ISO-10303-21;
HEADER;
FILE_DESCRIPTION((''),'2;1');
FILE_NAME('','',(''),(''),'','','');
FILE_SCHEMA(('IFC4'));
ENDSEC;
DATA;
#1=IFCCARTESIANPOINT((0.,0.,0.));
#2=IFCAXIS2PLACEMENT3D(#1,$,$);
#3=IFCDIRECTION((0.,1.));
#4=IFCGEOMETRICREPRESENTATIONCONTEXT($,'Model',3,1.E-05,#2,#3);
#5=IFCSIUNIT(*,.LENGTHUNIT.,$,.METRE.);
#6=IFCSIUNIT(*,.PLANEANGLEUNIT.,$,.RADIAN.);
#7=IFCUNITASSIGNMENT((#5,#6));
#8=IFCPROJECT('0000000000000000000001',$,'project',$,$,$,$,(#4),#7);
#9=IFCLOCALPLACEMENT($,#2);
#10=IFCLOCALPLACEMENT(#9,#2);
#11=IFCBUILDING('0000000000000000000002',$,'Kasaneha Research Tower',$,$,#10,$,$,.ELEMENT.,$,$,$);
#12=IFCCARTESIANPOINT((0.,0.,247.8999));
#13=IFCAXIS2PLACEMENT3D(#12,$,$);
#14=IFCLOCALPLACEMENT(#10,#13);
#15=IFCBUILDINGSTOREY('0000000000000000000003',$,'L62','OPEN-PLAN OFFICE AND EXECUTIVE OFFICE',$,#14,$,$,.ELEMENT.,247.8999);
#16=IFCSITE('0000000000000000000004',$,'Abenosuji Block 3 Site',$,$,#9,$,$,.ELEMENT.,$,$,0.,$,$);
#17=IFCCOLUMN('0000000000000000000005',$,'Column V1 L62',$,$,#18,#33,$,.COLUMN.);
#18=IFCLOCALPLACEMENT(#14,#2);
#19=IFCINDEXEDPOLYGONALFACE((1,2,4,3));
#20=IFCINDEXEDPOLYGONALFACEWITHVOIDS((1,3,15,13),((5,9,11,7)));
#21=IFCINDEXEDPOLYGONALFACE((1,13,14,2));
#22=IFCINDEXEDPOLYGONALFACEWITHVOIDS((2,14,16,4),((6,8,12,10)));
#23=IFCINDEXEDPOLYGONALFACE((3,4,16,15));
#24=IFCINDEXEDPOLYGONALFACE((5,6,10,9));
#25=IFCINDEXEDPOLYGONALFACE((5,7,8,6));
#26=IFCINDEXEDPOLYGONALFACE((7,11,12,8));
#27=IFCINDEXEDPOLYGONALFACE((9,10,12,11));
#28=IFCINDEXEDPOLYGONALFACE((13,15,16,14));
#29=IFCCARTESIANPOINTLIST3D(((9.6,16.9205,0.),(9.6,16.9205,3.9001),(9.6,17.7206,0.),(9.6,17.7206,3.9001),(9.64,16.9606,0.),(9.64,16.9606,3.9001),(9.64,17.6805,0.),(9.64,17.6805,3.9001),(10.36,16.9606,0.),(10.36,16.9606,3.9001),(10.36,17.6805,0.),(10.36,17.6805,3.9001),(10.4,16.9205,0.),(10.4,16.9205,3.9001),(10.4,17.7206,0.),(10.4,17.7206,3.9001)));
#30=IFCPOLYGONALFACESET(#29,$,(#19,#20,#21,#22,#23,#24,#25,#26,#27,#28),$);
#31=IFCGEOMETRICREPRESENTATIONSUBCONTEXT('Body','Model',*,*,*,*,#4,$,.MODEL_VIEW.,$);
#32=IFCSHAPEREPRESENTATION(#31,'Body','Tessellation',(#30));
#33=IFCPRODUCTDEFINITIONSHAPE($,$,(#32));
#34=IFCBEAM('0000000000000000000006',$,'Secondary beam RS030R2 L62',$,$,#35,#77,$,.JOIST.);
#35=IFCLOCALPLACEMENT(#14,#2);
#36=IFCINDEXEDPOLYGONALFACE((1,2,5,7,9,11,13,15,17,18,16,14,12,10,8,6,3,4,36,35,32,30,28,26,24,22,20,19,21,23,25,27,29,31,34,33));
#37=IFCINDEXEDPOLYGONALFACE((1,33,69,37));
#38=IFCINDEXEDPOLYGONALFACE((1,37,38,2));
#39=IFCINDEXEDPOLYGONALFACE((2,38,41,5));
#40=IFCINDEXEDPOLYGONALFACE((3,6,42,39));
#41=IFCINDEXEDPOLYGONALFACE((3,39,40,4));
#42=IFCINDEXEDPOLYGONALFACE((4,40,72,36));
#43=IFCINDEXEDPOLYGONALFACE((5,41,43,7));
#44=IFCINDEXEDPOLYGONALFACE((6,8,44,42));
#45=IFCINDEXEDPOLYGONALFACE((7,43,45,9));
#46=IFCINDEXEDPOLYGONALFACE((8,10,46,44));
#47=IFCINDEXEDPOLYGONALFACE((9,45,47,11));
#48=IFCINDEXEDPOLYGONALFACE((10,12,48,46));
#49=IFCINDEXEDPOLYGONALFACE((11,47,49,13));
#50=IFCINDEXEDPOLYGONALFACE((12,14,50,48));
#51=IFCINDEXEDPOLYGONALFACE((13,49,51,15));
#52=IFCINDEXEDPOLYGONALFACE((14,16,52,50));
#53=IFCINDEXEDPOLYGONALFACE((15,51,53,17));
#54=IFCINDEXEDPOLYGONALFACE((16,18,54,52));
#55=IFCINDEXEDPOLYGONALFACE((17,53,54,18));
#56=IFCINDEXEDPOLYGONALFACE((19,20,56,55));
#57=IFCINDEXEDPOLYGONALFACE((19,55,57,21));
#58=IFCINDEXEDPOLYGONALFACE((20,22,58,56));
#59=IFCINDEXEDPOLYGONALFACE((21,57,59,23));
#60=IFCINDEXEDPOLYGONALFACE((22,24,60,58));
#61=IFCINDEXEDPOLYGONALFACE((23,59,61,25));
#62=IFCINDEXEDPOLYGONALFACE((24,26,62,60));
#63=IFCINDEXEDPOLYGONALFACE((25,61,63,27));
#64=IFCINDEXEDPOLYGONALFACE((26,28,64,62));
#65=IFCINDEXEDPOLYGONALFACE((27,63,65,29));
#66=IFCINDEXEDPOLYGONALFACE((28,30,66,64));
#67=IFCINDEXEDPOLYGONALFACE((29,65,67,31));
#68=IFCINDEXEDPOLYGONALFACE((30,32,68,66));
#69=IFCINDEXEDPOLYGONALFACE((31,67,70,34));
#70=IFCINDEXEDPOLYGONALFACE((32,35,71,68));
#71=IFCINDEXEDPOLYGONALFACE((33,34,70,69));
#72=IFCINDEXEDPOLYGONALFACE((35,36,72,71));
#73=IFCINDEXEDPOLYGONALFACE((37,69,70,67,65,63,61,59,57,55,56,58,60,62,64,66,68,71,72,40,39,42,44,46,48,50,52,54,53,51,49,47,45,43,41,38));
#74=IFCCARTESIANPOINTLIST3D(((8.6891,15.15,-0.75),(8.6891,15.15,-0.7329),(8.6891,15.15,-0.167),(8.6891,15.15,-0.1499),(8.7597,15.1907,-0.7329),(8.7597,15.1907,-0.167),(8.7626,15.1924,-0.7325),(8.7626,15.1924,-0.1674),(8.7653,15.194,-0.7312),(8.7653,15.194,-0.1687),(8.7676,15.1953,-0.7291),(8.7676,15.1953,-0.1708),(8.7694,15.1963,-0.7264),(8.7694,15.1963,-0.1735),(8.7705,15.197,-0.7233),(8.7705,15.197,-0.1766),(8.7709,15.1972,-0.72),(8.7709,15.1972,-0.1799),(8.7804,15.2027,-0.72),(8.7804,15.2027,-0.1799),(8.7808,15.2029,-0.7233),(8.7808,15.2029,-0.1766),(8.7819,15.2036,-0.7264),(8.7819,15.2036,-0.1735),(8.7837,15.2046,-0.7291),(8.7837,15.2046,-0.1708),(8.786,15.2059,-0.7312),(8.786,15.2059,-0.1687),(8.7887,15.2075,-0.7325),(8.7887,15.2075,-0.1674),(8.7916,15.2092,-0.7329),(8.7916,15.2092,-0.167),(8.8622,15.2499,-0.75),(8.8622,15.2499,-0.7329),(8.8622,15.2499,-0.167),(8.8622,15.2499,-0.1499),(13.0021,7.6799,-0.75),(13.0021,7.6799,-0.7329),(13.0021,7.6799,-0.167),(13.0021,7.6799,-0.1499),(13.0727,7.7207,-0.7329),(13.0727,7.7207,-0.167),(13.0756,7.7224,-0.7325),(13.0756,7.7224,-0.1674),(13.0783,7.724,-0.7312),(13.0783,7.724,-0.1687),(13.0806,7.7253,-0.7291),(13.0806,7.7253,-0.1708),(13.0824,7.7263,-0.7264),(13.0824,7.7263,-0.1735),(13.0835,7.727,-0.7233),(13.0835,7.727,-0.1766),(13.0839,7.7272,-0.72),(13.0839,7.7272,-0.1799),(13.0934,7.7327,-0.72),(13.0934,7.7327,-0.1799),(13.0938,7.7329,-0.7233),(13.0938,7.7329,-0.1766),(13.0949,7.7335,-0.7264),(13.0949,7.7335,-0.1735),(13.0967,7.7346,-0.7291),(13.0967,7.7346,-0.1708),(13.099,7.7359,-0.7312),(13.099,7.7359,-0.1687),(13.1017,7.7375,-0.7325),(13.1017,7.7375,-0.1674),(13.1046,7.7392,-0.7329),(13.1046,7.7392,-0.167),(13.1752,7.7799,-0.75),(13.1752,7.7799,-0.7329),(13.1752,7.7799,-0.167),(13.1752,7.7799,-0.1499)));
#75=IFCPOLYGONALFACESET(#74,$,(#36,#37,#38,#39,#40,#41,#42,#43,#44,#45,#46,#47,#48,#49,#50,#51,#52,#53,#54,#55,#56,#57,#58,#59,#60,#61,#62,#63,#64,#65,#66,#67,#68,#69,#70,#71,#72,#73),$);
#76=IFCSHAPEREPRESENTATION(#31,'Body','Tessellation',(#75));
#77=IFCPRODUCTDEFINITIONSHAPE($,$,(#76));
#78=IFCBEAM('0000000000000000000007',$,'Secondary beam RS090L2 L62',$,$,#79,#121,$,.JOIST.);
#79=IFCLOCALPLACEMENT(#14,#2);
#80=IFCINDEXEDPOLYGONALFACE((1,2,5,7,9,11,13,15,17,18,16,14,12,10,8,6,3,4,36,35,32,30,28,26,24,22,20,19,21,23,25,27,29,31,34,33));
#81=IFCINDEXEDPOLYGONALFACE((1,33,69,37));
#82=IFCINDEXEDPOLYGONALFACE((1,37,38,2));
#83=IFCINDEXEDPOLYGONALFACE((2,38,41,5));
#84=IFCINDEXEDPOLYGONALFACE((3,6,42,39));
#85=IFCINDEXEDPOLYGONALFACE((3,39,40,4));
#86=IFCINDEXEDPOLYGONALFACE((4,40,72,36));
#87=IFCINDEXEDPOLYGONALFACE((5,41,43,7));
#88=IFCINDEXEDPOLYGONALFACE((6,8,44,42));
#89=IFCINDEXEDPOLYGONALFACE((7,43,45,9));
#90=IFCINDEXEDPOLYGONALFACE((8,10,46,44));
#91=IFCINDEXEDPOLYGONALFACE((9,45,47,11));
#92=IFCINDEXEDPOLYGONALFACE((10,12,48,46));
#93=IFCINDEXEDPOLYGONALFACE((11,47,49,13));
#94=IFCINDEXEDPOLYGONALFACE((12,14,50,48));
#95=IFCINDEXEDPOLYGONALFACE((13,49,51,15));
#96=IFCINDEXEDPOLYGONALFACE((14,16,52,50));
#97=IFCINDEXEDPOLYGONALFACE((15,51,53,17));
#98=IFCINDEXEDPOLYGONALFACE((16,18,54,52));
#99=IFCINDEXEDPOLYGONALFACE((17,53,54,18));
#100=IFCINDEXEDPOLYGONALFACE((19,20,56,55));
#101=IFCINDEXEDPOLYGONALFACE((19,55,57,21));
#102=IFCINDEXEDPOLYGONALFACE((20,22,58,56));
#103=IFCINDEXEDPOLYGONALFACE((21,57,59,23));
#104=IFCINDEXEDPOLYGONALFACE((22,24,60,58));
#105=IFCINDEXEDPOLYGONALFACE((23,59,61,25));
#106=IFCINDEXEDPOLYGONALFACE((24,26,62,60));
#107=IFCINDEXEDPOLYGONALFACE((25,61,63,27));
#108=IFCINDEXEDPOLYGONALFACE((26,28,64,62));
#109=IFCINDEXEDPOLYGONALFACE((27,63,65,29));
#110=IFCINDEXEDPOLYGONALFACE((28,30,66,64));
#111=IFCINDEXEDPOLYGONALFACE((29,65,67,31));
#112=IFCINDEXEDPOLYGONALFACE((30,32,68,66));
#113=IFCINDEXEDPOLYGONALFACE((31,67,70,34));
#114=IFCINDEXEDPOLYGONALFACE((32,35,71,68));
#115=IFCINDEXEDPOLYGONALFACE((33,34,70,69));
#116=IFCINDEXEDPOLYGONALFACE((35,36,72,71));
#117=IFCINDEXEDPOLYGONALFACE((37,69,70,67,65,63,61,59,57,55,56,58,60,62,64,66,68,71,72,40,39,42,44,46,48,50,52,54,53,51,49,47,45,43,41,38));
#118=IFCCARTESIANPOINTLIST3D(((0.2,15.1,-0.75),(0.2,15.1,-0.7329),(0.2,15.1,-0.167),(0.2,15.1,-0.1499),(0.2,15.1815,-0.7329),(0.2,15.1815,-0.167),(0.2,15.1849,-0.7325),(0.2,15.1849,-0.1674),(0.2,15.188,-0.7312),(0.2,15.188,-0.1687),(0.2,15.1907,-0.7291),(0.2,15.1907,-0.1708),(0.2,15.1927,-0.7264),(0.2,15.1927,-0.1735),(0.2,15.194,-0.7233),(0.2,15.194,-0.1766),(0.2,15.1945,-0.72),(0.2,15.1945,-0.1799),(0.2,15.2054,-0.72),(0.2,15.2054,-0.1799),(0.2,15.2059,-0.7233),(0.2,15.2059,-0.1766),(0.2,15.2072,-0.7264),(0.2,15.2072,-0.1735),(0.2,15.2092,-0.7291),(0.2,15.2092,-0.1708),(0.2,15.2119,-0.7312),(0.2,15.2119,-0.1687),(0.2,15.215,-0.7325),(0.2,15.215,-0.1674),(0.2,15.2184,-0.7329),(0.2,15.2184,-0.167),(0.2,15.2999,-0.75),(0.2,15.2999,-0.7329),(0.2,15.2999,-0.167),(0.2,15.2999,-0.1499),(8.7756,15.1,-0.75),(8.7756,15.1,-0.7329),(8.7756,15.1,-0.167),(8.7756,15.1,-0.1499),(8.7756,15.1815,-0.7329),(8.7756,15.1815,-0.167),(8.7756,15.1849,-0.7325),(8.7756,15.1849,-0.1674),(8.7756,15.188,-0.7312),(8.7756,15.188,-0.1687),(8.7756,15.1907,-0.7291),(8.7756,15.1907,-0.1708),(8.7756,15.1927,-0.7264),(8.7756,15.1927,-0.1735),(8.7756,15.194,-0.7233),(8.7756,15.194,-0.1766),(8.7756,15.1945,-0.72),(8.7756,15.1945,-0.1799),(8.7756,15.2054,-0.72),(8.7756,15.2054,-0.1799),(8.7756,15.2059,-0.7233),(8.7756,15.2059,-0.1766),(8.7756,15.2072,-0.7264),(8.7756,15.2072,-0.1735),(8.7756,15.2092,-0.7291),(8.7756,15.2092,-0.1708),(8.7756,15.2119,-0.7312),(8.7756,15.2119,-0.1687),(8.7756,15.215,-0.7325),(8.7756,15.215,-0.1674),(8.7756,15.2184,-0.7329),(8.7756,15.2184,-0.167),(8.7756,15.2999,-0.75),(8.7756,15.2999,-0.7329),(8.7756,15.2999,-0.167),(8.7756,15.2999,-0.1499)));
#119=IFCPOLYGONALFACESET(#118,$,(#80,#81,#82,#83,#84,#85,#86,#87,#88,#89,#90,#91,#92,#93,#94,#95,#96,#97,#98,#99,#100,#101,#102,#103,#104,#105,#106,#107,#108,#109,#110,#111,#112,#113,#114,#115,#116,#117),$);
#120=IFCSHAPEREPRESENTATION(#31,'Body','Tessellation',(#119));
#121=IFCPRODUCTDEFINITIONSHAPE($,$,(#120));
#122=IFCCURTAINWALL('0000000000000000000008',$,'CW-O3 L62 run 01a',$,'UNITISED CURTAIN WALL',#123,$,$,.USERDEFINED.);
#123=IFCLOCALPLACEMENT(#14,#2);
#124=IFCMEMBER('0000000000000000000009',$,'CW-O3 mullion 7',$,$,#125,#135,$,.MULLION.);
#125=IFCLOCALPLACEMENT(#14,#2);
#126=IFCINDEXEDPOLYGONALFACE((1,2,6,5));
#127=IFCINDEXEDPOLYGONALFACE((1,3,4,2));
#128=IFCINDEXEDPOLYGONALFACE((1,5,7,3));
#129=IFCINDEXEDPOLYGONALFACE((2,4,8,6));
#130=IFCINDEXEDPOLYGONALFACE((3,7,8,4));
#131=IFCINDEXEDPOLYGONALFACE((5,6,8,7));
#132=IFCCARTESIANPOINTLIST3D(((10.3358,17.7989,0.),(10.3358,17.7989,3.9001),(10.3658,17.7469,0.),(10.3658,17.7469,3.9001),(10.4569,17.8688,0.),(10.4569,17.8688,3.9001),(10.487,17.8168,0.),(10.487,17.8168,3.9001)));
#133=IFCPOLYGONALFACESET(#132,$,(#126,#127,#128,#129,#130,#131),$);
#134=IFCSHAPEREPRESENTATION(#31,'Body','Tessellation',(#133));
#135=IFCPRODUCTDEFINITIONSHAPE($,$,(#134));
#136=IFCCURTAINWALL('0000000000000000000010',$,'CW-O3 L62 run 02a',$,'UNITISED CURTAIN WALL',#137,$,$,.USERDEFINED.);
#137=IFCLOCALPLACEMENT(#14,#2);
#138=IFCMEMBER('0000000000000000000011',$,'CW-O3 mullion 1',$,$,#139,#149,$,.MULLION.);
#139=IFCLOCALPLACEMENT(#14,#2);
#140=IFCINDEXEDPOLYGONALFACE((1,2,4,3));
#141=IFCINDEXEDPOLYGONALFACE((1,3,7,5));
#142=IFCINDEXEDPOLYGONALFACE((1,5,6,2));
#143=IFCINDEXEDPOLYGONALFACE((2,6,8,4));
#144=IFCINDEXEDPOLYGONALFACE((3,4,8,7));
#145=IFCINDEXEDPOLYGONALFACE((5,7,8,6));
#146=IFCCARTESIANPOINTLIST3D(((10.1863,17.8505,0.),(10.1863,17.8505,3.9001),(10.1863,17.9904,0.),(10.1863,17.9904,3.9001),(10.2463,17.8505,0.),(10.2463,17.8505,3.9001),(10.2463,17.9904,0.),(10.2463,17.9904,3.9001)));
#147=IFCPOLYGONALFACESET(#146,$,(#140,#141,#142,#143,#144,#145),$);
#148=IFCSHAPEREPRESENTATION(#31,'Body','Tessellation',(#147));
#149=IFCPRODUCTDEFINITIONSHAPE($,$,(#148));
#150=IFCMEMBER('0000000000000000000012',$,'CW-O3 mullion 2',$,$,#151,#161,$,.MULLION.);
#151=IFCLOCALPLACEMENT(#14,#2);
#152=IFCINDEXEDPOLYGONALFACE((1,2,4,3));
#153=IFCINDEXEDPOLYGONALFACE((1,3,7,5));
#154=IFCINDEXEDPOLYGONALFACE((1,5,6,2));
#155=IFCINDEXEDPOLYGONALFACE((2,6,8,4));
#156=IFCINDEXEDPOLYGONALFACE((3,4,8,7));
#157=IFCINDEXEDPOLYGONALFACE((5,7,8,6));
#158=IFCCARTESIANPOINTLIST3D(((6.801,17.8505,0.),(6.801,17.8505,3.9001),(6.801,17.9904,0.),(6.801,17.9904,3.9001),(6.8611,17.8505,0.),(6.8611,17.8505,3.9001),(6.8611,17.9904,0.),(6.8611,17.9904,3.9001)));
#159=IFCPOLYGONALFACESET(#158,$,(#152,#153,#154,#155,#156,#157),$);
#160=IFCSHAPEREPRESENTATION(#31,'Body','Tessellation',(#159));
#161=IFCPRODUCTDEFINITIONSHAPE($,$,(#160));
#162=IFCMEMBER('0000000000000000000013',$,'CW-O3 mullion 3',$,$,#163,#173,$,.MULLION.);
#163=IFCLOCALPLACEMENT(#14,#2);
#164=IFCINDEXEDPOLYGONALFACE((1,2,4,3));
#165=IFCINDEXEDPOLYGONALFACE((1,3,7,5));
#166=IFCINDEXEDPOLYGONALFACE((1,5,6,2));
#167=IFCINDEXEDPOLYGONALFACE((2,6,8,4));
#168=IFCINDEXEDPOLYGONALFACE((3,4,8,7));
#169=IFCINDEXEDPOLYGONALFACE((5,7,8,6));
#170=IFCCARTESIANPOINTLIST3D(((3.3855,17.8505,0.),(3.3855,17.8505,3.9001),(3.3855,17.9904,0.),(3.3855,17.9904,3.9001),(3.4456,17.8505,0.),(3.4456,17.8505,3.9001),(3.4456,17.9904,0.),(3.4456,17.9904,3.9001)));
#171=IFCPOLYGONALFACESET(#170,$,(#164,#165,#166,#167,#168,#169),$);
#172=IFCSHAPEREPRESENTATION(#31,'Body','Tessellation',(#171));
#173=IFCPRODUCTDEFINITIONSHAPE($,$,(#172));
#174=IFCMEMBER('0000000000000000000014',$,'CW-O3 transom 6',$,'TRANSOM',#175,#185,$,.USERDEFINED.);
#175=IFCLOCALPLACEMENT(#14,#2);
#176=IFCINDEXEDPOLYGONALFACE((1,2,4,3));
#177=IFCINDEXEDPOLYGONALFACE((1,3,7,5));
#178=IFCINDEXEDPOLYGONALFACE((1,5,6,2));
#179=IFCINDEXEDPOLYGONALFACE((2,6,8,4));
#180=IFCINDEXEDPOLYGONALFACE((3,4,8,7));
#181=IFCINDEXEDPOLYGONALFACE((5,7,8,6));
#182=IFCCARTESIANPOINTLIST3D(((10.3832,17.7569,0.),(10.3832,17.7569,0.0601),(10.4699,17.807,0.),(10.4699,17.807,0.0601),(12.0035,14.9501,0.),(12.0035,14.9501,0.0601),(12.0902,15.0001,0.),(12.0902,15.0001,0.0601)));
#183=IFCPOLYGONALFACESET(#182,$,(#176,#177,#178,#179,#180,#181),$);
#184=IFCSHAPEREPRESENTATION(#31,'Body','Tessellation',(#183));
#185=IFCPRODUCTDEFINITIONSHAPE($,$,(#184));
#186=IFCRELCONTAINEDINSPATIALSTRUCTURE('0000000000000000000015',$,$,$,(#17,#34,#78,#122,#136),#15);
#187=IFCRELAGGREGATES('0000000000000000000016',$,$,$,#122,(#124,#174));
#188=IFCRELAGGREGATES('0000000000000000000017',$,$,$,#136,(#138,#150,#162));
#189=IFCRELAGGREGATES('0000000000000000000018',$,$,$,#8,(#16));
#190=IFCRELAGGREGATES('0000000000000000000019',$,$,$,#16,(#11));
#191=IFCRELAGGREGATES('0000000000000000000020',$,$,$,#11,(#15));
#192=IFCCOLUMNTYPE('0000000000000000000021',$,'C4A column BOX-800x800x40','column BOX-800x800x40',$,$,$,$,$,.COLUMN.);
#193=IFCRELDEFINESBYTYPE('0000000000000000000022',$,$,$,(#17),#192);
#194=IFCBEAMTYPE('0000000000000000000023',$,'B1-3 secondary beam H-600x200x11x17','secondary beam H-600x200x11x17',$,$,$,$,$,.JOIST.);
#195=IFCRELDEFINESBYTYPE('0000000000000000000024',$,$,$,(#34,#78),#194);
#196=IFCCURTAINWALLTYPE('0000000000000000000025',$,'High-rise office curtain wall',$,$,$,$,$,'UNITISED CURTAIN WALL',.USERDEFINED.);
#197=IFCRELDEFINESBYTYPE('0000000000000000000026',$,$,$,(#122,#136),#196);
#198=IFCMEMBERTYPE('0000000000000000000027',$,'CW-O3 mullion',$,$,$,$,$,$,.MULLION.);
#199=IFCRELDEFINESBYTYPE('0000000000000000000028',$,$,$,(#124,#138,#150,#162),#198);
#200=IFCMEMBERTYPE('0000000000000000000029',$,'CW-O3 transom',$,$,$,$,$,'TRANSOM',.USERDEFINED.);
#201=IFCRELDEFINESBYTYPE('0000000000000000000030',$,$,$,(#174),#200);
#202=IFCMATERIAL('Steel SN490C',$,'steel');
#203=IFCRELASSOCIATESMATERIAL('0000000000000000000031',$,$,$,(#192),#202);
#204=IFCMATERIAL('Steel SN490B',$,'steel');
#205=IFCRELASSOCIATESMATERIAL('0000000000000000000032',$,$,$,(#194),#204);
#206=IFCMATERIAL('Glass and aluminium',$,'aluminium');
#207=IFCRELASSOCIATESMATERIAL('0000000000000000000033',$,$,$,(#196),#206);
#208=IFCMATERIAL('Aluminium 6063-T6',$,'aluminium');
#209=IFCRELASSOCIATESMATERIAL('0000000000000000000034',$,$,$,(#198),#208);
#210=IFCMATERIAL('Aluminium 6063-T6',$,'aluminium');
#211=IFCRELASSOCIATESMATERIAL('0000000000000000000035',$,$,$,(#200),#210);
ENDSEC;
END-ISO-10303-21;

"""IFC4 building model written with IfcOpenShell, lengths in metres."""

from ifc_helpers import new_model, si_unit, direction, frame, origin, origin_2d, place, context, subcontext, project, spatial, rectangle, hollow_rectangle, i_section, extrude, material, material_profile, profile_set, type_object, element, aggregate, save


model = new_model("IFC4")

# Units and contexts
model_context = context("Model", 3, precision=1e-05, world=origin(), true_north=direction((0.0, 1.0)))
body_context = subcontext(model_context, "Body", "Model", "MODEL_VIEW")
ifc_project = project(units=[si_unit("LENGTHUNIT", "METRE"), si_unit("PLANEANGLEUNIT", "RADIAN")], contexts=[model_context])

# Site, building, storey
site_placement = place(None, origin())
site = spatial("IfcSite", under=ifc_project, at=site_placement, Name="Abenosuji Block 3 Site", CompositionType="ELEMENT", RefElevation=0.0)
building_placement = place(site_placement, origin())
building = spatial("IfcBuilding", under=site, at=building_placement, Name="Kasaneha Research Tower", CompositionType="ELEMENT")
storey_placement = place(building_placement, frame((0.0, 0.0, 247.8999)))
storey = spatial("IfcBuildingStorey", under=building, at=storey_placement, Name="L62", Description="OPEN-PLAN OFFICE AND EXECUTIVE OFFICE", CompositionType="ELEMENT", Elevation=247.8999)

# Column
ifc_material_1 = material(Name="Steel SN490C", Category="steel")
ifc_material_profile_1 = material_profile(ifc_material_1, hollow_rectangle(XDim=0.8, YDim=0.8, WallThickness=0.04, at=origin_2d()), Name="BOX-800x800x40")
ifc_profile_set_1 = profile_set([ifc_material_profile_1], Name="Steel SN490C")
column_type = type_object("IfcColumnType", Name="C4A column BOX-800x800x40", Description="column BOX-800x800x40", PredefinedType="COLUMN", material=ifc_profile_set_1)
column_placement = place(storey_placement, frame((10.0, 17.3206, 0.0), z_axis=(0.0, 0.0, 1.0), x_axis=(1.0, 0.0, 0.0)))
element("IfcColumn", 1, at=column_placement, inside=storey, type_object=column_type, Name="Column V1 L62", PredefinedType="COLUMN", context=body_context, shape_type="SweptSolid", body=[
    extrude(hollow_rectangle(XDim=0.8, YDim=0.8, WallThickness=0.04, at=origin_2d()), origin(), (0.0, 0.0, 1.0), 3.9001),
])

# Beams
ifc_material_2 = material(Name="Steel SN490B", Category="steel")
ifc_material_profile_2 = material_profile(ifc_material_2, i_section(OverallWidth=0.2, OverallDepth=0.6001, WebThickness=0.011, FlangeThickness=0.0171, FilletRadius=0.0129, at=origin_2d()), Name="H-600x200x11x17")
ifc_profile_set_2 = profile_set([ifc_material_profile_2], Name="Steel SN490B")
beam_type_1 = type_object("IfcBeamType", Name="B1-3 secondary beam H-600x200x11x17", Description="secondary beam H-600x200x11x17", PredefinedType="JOIST", material=ifc_profile_set_2)
beam_1_placement = place(storey_placement, frame((8.7756, 15.2, -0.45), z_axis=(0.500017, -0.866015, 0.0), x_axis=(0.866015, 0.500017, 0.0)))
element("IfcBeam", 2, at=beam_1_placement, inside=storey, type_object=beam_type_1, Name="Secondary beam RS030R2 L62", PredefinedType="JOIST", context=body_context, shape_type="SweptSolid", body=[
    extrude(i_section(OverallWidth=0.2, OverallDepth=0.6001, WebThickness=0.011, FlangeThickness=0.0171, FilletRadius=0.0129, at=origin_2d()), origin(), (0.0, 0.0, 1.0), 8.6257),
])
beam_2_placement = place(storey_placement, frame((8.7756, 15.2, -0.45), z_axis=(-1.0, 0.0, 0.0), x_axis=(0.0, -1.0, 0.0)))
element("IfcBeam", 3, at=beam_2_placement, inside=storey, type_object=beam_type_1, Name="Secondary beam RS090L2 L62", PredefinedType="JOIST", context=body_context, shape_type="SweptSolid", body=[
    extrude(i_section(OverallWidth=0.2, OverallDepth=0.6001, WebThickness=0.011, FlangeThickness=0.0171, FilletRadius=0.0129, at=origin_2d()), origin(), (0.0, 0.0, 1.0), 8.5757),
])

# Curtain wall, member
ifc_material_3 = material(Name="Glass and aluminium", Category="aluminium")
curtain_wall_type = type_object("IfcCurtainWallType", Name="High-rise office curtain wall", ElementType="UNITISED CURTAIN WALL", PredefinedType="USERDEFINED", material=ifc_material_3)
curtain_wall_1_placement = place(storey_placement, origin())
curtain_wall_1 = element("IfcCurtainWall", 4, at=curtain_wall_1_placement, inside=storey, type_object=curtain_wall_type, Name="CW-O3 L62 run 01a", ObjectType="UNITISED CURTAIN WALL", PredefinedType="USERDEFINED")
ifc_material_4 = material(Name="Aluminium 6063-T6", Category="aluminium")
ifc_material_profile_3 = material_profile(ifc_material_4, rectangle(XDim=0.0601, YDim=0.1399, at=origin_2d()), Name="CW-O3 mullion 60x140")
ifc_profile_set_3 = profile_set([ifc_material_profile_3], Name="Aluminium 6063-T6")
member_type_1 = type_object("IfcMemberType", Name="CW-O3 mullion", PredefinedType="MULLION", material=ifc_profile_set_3)
member_1_placement = place(storey_placement, frame((10.4114, 17.8079, 0.0), z_axis=(0.0, 0.0, 1.0), x_axis=(-0.5, 0.866025, 0.0)))
member_1 = element("IfcMember", 5, at=member_1_placement, type_object=member_type_1, Name="CW-O3 mullion 7", PredefinedType="MULLION", context=body_context, shape_type="SweptSolid", body=[
    extrude(rectangle(XDim=0.0601, YDim=0.1399, at=origin_2d()), origin(), (0.0, 0.0, 1.0), 3.9001),
])

# Curtain wall, members
curtain_wall_2_placement = place(storey_placement, origin())
curtain_wall_2 = element("IfcCurtainWall", 6, at=curtain_wall_2_placement, inside=storey, type_object=curtain_wall_type, Name="CW-O3 L62 run 02a", ObjectType="UNITISED CURTAIN WALL", PredefinedType="USERDEFINED")
member_2_placement = place(storey_placement, frame((10.2163, 17.9204, 0.0), z_axis=(0.0, 0.0, 1.0), x_axis=(-1.0, 0.0, 0.0)))
member_2 = element("IfcMember", 7, at=member_2_placement, type_object=member_type_1, Name="CW-O3 mullion 1", PredefinedType="MULLION", context=body_context, shape_type="SweptSolid", body=[
    extrude(rectangle(XDim=0.0601, YDim=0.1399, at=origin_2d()), origin(), (0.0, 0.0, 1.0), 3.9001),
])
member_3_placement = place(storey_placement, frame((6.8311, 17.9204, 0.0), z_axis=(0.0, 0.0, 1.0), x_axis=(-1.0, 0.0, 0.0)))
member_3 = element("IfcMember", 8, at=member_3_placement, type_object=member_type_1, Name="CW-O3 mullion 2", PredefinedType="MULLION", context=body_context, shape_type="SweptSolid", body=[
    extrude(rectangle(XDim=0.0601, YDim=0.1399, at=origin_2d()), origin(), (0.0, 0.0, 1.0), 3.9001),
])
member_4_placement = place(storey_placement, frame((3.4155, 17.9204, 0.0), z_axis=(0.0, 0.0, 1.0), x_axis=(-1.0, 0.0, 0.0)))
member_4 = element("IfcMember", 9, at=member_4_placement, type_object=member_type_1, Name="CW-O3 mullion 3", PredefinedType="MULLION", context=body_context, shape_type="SweptSolid", body=[
    extrude(rectangle(XDim=0.0601, YDim=0.1399, at=origin_2d()), origin(), (0.0, 0.0, 1.0), 3.9001),
])

# Member
ifc_material_5 = material(Name="Aluminium 6063-T6", Category="aluminium")
ifc_material_profile_4 = material_profile(ifc_material_5, rectangle(XDim=0.1001, YDim=0.0601, at=origin_2d()), Name="CW-O3 transom 100x60")
ifc_profile_set_4 = profile_set([ifc_material_profile_4], Name="Aluminium 6063-T6")
member_type_2 = type_object("IfcMemberType", Name="CW-O3 transom", ElementType="TRANSOM", PredefinedType="USERDEFINED", material=ifc_profile_set_4)
member_5_placement = place(storey_placement, frame((12.0469, 14.9751, 0.03), z_axis=(-0.499955, 0.866051, 0.0), x_axis=(-0.866051, -0.499955, 0.0)))
member_5 = element("IfcMember", 10, at=member_5_placement, type_object=member_type_2, Name="CW-O3 transom 6", ObjectType="TRANSOM", PredefinedType="USERDEFINED", context=body_context, shape_type="SweptSolid", body=[
    extrude(rectangle(XDim=0.1001, YDim=0.0601, at=origin_2d()), origin(), (0.0, 0.0, 1.0), 3.241),
])

aggregate(curtain_wall_1, [member_1, member_5])
aggregate(curtain_wall_2, [member_2, member_3, member_4])

save(model, "model.ifc")
